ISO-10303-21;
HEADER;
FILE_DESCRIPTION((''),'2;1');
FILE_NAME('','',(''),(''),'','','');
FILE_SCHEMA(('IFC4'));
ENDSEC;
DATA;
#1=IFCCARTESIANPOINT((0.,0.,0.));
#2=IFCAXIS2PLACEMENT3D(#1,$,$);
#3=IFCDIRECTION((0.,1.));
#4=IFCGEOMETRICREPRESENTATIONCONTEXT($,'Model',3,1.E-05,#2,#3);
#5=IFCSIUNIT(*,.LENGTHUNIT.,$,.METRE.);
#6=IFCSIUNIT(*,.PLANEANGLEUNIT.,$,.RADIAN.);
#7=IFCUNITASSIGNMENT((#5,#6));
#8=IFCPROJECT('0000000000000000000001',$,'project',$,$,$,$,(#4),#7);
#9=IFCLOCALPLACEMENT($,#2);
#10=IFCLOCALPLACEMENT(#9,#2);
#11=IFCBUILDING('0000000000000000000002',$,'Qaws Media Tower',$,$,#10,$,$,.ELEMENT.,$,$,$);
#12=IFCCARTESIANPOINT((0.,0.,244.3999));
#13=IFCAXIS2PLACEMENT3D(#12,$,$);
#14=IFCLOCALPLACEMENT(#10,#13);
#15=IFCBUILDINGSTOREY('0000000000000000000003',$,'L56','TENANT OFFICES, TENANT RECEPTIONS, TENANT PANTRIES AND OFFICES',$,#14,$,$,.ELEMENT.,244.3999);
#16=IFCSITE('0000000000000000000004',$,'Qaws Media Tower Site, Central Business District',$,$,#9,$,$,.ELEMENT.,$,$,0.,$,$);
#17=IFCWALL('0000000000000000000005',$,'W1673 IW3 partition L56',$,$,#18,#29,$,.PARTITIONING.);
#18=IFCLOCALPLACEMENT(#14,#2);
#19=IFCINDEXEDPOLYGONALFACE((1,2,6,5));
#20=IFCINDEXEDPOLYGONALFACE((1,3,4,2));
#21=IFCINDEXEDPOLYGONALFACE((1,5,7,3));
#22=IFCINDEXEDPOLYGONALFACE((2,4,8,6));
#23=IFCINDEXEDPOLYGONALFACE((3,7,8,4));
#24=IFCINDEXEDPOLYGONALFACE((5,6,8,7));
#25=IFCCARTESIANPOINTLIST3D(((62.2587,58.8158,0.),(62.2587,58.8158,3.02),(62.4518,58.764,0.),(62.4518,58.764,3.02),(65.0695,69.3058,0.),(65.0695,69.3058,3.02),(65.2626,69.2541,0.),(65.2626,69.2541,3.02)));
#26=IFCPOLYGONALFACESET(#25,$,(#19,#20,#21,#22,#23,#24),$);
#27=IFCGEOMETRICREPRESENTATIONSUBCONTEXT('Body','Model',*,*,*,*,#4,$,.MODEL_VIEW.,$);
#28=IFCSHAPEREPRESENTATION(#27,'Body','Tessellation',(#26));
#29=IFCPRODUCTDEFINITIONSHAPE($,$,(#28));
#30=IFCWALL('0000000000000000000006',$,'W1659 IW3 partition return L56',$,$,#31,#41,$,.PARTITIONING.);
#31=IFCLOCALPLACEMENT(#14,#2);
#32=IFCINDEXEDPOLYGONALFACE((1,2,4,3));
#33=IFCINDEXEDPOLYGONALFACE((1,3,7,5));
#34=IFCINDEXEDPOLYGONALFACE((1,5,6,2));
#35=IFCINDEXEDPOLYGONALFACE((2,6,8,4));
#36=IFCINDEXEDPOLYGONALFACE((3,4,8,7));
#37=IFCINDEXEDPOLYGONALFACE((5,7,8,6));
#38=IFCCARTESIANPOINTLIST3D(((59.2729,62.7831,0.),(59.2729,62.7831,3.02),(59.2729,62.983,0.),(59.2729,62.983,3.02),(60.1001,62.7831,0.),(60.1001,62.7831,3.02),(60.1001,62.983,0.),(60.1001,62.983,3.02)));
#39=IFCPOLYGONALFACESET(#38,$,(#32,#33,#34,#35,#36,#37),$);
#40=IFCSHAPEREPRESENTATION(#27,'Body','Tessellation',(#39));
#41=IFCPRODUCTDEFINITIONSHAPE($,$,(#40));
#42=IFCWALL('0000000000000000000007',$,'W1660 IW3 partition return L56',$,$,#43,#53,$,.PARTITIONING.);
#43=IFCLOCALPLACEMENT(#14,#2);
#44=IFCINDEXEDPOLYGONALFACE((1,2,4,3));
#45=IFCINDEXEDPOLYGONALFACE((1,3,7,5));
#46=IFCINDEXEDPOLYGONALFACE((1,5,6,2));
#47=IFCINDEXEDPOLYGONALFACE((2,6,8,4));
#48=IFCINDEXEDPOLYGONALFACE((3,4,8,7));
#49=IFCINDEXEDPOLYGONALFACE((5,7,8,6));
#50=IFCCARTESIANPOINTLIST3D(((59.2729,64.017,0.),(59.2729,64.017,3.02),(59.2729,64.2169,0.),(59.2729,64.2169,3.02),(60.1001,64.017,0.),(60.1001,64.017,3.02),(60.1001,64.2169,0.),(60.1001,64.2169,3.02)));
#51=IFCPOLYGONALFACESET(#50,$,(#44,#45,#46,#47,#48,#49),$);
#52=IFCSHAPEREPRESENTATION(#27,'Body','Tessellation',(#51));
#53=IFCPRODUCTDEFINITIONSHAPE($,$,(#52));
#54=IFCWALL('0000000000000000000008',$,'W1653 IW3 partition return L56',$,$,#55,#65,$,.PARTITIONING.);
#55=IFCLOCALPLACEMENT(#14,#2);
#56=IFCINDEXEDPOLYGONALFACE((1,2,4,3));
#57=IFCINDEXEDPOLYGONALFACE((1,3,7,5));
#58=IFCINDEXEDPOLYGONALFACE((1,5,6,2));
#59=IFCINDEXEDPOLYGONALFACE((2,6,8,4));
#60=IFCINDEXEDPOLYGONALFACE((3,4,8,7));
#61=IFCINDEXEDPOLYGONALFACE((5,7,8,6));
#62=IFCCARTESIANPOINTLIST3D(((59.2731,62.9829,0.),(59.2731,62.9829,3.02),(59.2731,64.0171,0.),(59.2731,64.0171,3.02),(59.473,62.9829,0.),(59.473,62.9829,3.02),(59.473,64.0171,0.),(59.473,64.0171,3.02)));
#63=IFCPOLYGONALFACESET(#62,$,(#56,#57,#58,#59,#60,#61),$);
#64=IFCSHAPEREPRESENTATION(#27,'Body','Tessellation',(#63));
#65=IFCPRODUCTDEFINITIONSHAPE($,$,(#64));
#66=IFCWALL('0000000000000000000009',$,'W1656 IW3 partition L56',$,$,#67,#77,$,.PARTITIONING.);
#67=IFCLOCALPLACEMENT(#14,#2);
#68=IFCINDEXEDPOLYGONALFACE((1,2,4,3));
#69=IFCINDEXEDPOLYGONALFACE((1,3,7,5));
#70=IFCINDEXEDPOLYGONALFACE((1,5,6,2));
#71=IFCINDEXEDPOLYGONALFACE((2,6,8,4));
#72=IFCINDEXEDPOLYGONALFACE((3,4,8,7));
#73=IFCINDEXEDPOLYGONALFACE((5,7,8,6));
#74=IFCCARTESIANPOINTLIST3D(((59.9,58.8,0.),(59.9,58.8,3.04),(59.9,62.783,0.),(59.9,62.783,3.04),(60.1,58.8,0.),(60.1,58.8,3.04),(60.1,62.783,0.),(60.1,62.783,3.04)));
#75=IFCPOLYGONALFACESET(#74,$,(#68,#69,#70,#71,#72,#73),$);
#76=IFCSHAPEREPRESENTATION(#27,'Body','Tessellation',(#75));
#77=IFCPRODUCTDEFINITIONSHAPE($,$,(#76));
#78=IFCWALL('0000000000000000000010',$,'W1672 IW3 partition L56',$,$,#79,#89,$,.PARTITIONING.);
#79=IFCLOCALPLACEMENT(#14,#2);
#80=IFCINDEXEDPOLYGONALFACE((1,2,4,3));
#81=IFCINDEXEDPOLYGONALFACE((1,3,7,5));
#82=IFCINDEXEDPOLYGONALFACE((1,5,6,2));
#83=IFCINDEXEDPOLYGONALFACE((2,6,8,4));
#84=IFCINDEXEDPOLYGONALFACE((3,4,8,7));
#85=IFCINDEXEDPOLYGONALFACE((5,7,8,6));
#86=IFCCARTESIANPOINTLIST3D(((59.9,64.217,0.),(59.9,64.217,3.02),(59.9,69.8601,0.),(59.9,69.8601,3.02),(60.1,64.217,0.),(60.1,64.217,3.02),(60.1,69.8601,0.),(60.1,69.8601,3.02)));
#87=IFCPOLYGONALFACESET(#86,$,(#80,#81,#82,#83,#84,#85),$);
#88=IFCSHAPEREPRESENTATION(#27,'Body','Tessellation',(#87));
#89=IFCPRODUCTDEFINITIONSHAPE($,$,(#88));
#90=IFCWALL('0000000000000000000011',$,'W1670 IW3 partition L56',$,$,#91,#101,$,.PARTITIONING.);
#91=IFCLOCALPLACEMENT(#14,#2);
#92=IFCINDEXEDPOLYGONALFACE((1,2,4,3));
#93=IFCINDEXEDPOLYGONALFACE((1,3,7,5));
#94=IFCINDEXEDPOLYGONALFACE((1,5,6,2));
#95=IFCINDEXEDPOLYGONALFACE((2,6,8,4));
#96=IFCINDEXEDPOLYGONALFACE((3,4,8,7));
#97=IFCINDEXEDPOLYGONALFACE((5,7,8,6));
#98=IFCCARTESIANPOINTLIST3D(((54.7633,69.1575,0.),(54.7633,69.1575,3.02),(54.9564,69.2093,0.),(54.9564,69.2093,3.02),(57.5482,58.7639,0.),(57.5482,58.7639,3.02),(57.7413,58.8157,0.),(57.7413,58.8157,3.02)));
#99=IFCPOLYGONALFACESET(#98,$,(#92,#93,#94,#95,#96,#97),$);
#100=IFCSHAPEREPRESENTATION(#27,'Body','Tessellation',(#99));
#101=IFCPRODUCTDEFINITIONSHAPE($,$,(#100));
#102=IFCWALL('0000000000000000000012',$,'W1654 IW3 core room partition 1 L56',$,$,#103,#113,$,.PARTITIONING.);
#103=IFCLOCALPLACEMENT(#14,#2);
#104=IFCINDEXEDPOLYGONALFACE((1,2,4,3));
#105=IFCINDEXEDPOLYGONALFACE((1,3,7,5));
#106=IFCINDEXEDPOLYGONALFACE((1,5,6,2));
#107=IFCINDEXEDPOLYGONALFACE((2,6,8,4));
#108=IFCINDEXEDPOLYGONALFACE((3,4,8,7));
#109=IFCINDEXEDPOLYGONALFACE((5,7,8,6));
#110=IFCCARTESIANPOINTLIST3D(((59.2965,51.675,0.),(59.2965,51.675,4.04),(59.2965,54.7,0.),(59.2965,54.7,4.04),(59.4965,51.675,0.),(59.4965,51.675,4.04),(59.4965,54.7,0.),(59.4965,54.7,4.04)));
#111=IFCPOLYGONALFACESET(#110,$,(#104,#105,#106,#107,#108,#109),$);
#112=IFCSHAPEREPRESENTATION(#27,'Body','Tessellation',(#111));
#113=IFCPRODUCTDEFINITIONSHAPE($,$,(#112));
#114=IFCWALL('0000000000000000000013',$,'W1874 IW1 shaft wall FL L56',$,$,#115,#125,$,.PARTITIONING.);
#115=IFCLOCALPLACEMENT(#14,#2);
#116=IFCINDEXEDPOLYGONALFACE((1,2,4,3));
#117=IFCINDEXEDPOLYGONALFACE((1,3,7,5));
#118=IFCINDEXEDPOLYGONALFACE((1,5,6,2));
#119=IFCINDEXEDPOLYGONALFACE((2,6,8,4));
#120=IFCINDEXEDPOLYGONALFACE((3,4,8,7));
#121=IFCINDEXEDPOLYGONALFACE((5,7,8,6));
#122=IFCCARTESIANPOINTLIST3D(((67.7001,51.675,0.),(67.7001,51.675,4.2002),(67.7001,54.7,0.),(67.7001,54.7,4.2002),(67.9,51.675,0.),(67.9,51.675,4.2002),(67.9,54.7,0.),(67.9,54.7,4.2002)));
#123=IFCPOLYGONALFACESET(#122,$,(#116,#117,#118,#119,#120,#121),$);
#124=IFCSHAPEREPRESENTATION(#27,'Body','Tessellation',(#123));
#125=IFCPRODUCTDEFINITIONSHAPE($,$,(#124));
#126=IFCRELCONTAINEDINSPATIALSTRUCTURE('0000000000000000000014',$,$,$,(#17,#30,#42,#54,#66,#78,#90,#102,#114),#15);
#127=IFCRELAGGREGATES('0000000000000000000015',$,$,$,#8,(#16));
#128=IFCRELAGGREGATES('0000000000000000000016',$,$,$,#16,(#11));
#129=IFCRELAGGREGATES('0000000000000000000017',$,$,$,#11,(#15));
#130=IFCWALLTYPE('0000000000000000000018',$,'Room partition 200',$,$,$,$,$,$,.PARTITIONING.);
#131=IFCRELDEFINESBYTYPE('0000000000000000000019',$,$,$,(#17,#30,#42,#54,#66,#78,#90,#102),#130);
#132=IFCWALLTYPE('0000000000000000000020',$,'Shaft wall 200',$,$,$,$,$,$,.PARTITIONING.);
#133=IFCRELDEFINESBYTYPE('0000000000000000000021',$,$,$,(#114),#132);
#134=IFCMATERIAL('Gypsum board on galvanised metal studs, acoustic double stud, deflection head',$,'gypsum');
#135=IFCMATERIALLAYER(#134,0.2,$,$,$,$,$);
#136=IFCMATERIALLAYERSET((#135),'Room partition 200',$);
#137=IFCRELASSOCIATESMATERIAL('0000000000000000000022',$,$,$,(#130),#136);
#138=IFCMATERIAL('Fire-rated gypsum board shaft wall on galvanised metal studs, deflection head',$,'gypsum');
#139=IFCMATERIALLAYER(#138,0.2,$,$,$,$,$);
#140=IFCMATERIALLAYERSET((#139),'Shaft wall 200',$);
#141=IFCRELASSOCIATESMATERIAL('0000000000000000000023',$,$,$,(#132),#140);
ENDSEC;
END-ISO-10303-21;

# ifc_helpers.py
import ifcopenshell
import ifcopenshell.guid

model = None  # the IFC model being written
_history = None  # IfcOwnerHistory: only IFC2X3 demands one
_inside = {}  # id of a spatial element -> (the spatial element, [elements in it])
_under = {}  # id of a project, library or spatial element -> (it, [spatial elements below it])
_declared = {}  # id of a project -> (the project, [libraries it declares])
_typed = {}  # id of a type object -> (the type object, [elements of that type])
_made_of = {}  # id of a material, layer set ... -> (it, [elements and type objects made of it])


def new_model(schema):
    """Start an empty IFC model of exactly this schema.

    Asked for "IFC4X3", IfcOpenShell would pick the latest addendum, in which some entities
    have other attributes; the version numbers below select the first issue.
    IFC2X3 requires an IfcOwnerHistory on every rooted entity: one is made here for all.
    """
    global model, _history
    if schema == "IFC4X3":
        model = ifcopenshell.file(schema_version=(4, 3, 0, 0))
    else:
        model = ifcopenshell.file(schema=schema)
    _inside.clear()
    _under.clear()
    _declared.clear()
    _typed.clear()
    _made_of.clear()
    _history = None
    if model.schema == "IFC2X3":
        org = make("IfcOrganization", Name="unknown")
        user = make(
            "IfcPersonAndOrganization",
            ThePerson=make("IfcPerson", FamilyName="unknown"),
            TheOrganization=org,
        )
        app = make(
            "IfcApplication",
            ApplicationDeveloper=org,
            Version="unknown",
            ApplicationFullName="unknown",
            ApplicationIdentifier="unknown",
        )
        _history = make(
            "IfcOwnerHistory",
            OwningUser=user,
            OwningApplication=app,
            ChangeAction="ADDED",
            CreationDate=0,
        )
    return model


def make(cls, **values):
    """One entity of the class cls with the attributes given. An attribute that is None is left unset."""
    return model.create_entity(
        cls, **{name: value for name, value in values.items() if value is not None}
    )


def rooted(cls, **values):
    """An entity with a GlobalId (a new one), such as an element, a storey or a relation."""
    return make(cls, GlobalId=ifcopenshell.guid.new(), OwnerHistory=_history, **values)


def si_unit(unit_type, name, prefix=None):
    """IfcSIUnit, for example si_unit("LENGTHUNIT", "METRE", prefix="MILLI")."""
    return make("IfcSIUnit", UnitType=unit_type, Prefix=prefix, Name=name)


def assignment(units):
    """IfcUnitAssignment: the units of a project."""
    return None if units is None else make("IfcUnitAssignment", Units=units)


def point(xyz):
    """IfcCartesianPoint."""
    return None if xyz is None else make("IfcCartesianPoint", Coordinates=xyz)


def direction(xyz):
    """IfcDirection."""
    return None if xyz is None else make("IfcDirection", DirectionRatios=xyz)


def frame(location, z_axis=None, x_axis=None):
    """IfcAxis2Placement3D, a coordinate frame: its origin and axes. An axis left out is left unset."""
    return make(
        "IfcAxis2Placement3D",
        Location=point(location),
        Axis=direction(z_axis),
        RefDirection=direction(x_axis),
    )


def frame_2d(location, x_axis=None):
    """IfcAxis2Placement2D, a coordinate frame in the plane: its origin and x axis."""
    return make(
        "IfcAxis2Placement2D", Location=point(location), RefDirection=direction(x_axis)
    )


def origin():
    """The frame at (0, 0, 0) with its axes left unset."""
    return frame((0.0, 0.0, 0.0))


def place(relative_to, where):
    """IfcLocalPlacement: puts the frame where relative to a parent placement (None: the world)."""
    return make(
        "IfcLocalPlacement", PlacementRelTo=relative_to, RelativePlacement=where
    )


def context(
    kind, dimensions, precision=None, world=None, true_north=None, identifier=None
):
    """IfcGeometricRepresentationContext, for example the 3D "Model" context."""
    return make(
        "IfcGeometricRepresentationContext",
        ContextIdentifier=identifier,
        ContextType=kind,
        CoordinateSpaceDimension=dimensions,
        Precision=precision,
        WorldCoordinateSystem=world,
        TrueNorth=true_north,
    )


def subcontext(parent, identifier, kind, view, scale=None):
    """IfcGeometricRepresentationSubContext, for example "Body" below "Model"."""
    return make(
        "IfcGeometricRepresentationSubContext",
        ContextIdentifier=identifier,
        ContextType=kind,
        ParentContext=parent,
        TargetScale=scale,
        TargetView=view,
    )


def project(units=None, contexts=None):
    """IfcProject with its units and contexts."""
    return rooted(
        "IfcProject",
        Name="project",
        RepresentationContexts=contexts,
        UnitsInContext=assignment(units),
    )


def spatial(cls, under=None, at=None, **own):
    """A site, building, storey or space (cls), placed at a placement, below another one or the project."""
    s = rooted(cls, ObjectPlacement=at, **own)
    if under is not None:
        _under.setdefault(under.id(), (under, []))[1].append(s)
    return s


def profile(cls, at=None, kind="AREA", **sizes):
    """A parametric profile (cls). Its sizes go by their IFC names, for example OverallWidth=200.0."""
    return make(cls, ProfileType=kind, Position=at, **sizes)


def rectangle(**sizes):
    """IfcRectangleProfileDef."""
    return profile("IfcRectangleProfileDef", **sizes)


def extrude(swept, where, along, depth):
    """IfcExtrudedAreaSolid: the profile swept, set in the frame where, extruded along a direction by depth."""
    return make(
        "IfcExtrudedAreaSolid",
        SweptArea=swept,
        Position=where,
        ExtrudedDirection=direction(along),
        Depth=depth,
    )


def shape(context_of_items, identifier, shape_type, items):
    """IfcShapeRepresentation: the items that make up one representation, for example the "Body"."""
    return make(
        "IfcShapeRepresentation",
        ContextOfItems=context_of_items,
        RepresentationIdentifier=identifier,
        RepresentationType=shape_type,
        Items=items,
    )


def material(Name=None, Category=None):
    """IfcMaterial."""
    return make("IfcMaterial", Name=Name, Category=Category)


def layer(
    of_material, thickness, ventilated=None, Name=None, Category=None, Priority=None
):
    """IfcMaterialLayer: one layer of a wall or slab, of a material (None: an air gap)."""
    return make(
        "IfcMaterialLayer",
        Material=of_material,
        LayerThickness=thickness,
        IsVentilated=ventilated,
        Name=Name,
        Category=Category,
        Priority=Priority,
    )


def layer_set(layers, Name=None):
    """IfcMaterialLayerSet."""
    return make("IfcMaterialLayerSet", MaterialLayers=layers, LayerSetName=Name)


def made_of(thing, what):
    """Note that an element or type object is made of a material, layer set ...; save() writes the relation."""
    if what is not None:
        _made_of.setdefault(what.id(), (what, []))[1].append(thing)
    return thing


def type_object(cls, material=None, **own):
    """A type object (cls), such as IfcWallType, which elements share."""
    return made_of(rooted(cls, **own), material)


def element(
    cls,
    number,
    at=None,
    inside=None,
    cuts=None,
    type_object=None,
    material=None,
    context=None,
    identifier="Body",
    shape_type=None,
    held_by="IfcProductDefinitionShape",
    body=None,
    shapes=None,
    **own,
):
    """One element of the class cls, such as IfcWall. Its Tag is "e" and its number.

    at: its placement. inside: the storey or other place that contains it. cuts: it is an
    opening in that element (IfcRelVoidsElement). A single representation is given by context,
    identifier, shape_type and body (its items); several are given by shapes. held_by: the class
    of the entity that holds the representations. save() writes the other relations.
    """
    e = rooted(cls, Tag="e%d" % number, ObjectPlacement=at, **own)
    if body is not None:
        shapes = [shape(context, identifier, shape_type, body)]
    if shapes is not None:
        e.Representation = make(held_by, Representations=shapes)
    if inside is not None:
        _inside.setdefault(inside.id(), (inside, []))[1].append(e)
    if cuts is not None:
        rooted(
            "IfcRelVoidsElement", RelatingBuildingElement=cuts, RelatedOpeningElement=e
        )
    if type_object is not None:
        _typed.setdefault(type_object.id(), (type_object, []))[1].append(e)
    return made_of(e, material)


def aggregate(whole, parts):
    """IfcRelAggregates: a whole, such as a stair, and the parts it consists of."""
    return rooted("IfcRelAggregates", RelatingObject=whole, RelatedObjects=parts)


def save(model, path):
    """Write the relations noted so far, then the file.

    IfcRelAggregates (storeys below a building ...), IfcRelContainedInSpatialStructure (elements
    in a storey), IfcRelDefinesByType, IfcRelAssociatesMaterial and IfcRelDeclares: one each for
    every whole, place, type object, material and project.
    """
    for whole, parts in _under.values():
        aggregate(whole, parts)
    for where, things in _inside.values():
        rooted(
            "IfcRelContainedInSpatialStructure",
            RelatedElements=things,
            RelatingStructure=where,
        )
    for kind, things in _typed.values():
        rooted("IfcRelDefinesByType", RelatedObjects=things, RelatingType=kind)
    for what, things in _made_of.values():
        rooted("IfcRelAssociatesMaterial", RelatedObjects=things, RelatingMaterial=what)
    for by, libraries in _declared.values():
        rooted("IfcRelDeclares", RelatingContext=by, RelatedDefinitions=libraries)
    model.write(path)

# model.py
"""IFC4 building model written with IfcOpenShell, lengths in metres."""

from ifc_helpers import new_model, si_unit, direction, frame, frame_2d, origin, place, context, subcontext, project, spatial, rectangle, extrude, material, layer, layer_set, type_object, element, save


model = new_model("IFC4")

# Units and contexts
model_context = context("Model", 3, precision=1e-05, world=origin(), true_north=direction((0.0, 1.0)))
body_context = subcontext(model_context, "Body", "Model", "MODEL_VIEW")
ifc_project = project(units=[si_unit("LENGTHUNIT", "METRE"), si_unit("PLANEANGLEUNIT", "RADIAN")], contexts=[model_context])

# Site, building, storey
site_placement = place(None, origin())
site = spatial("IfcSite", under=ifc_project, at=site_placement, Name="Qaws Media Tower Site, Central Business District", CompositionType="ELEMENT", RefElevation=0.0)
building_placement = place(site_placement, origin())
building = spatial("IfcBuilding", under=site, at=building_placement, Name="Qaws Media Tower", CompositionType="ELEMENT")
storey_placement = place(building_placement, frame((0.0, 0.0, 244.3999)))
storey = spatial("IfcBuildingStorey", under=building, at=storey_placement, Name="L56", Description="TENANT OFFICES, TENANT RECEPTIONS, TENANT PANTRIES AND OFFICES", CompositionType="ELEMENT", Elevation=244.3999)

# Shared definitions
ifc_material_1 = material(Name="Gypsum board on galvanised metal studs, acoustic double stud, deflection head", Category="gypsum")
ifc_layer_1 = layer(ifc_material_1, 0.2)
ifc_layer_set_1 = layer_set([ifc_layer_1], Name="Room partition 200")
wall_type_1 = type_object("IfcWallType", Name="Room partition 200", PredefinedType="PARTITIONING", material=ifc_layer_set_1)

# Walls
wall_1_placement = place(storey_placement, frame((62.3552, 58.7898, 0.0), z_axis=(0.0, 0.0, 1.0), x_axis=(0.25882, 0.965926, 0.0)))
element("IfcWall", 1, at=wall_1_placement, inside=storey, type_object=wall_type_1, Name="W1673 IW3 partition L56", PredefinedType="PARTITIONING", context=body_context, shape_type="SweptSolid", body=[
    extrude(rectangle(XDim=10.8601, YDim=0.2, at=frame_2d((5.4302, 0.0))), origin(), (0.0, 0.0, 1.0), 3.02),
])
for number, where, z_axis, x_axis, name in (
    (2, (60.1001, 62.8831, 0.0), (0.0, 0.0, 1.0), (-1.0, 0.0, 0.0), "W1659 IW3 partition return L56"),
    (3, (60.1001, 64.1169, 0.0), (0.0, 0.0, 1.0), (-1.0, 0.0, 0.0), "W1660 IW3 partition return L56"),
):
    element("IfcWall", number, at=place(storey_placement, frame(where, z_axis=z_axis, x_axis=x_axis)), inside=storey, type_object=wall_type_1, Name=name, PredefinedType="PARTITIONING", context=body_context, shape_type="SweptSolid", body=[
        extrude(rectangle(XDim=0.8271, YDim=0.2, at=frame_2d((0.4136, 0.0))), origin(), (0.0, 0.0, 1.0), 3.02),
    ])
wall_2_placement = place(storey_placement, frame((59.373, 62.9829, 0.0), z_axis=(0.0, 0.0, 1.0), x_axis=(0.0, 1.0, 0.0)))
element("IfcWall", 4, at=wall_2_placement, inside=storey, type_object=wall_type_1, Name="W1653 IW3 partition return L56", PredefinedType="PARTITIONING", context=body_context, shape_type="SweptSolid", body=[
    extrude(rectangle(XDim=1.0342, YDim=0.2, at=frame_2d((0.5171, 0.0))), origin(), (0.0, 0.0, 1.0), 3.02),
])
wall_3_placement = place(storey_placement, frame((60.0, 58.8, 0.0), z_axis=(0.0, 0.0, 1.0), x_axis=(0.0, 1.0, 0.0)))
element("IfcWall", 5, at=wall_3_placement, inside=storey, type_object=wall_type_1, Name="W1656 IW3 partition L56", PredefinedType="PARTITIONING", context=body_context, shape_type="SweptSolid", body=[
    extrude(rectangle(XDim=3.9829, YDim=0.2, at=frame_2d((1.9915, 0.0))), origin(), (0.0, 0.0, 1.0), 3.04),
])
wall_4_placement = place(storey_placement, frame((60.0, 64.217, 0.0), z_axis=(0.0, 0.0, 1.0), x_axis=(0.0, 1.0, 0.0)))
element("IfcWall", 6, at=wall_4_placement, inside=storey, type_object=wall_type_1, Name="W1672 IW3 partition L56", PredefinedType="PARTITIONING", context=body_context, shape_type="SweptSolid", body=[
    extrude(rectangle(XDim=5.6431, YDim=0.2, at=frame_2d((2.8215, 0.0))), origin(), (0.0, 0.0, 1.0), 3.02),
])
wall_5_placement = place(storey_placement, frame((57.6448, 58.7898, 0.0), z_axis=(0.0, 0.0, 1.0), x_axis=(-0.258816, 0.965927, 0.0)))
element("IfcWall", 7, at=wall_5_placement, inside=storey, type_object=wall_type_1, Name="W1670 IW3 partition L56", PredefinedType="PARTITIONING", context=body_context, shape_type="SweptSolid", body=[
    extrude(rectangle(XDim=10.7603, YDim=0.2, at=frame_2d((5.3801, 0.0))), origin(), (0.0, 0.0, 1.0), 3.02),
])
wall_6_placement = place(storey_placement, frame((59.3965, 51.675, 0.0), z_axis=(0.0, 0.0, 1.0), x_axis=(0.0, 1.0, 0.0)))
element("IfcWall", 8, at=wall_6_placement, inside=storey, type_object=wall_type_1, Name="W1654 IW3 core room partition 1 L56", PredefinedType="PARTITIONING", context=body_context, shape_type="SweptSolid", body=[
    extrude(rectangle(XDim=3.0249, YDim=0.2, at=frame_2d((1.5125, 0.0))), origin(), (0.0, 0.0, 1.0), 4.04),
])
ifc_material_2 = material(Name="Fire-rated gypsum board shaft wall on galvanised metal studs, deflection head", Category="gypsum")
ifc_layer_2 = layer(ifc_material_2, 0.2)
ifc_layer_set_2 = layer_set([ifc_layer_2], Name="Shaft wall 200")
wall_type_2 = type_object("IfcWallType", Name="Shaft wall 200", PredefinedType="PARTITIONING", material=ifc_layer_set_2)
wall_7_placement = place(storey_placement, frame((67.8, 51.675, 0.0), z_axis=(0.0, 0.0, 1.0), x_axis=(0.0, 1.0, 0.0)))
element("IfcWall", 9, at=wall_7_placement, inside=storey, type_object=wall_type_2, Name="W1874 IW1 shaft wall FL L56", PredefinedType="PARTITIONING", context=body_context, shape_type="SweptSolid", body=[
    extrude(rectangle(XDim=3.0249, YDim=0.2, at=frame_2d((1.5125, 0.0))), origin(), (0.0, 0.0, 1.0), 4.2002),
])

save(model, "model.ifc")
